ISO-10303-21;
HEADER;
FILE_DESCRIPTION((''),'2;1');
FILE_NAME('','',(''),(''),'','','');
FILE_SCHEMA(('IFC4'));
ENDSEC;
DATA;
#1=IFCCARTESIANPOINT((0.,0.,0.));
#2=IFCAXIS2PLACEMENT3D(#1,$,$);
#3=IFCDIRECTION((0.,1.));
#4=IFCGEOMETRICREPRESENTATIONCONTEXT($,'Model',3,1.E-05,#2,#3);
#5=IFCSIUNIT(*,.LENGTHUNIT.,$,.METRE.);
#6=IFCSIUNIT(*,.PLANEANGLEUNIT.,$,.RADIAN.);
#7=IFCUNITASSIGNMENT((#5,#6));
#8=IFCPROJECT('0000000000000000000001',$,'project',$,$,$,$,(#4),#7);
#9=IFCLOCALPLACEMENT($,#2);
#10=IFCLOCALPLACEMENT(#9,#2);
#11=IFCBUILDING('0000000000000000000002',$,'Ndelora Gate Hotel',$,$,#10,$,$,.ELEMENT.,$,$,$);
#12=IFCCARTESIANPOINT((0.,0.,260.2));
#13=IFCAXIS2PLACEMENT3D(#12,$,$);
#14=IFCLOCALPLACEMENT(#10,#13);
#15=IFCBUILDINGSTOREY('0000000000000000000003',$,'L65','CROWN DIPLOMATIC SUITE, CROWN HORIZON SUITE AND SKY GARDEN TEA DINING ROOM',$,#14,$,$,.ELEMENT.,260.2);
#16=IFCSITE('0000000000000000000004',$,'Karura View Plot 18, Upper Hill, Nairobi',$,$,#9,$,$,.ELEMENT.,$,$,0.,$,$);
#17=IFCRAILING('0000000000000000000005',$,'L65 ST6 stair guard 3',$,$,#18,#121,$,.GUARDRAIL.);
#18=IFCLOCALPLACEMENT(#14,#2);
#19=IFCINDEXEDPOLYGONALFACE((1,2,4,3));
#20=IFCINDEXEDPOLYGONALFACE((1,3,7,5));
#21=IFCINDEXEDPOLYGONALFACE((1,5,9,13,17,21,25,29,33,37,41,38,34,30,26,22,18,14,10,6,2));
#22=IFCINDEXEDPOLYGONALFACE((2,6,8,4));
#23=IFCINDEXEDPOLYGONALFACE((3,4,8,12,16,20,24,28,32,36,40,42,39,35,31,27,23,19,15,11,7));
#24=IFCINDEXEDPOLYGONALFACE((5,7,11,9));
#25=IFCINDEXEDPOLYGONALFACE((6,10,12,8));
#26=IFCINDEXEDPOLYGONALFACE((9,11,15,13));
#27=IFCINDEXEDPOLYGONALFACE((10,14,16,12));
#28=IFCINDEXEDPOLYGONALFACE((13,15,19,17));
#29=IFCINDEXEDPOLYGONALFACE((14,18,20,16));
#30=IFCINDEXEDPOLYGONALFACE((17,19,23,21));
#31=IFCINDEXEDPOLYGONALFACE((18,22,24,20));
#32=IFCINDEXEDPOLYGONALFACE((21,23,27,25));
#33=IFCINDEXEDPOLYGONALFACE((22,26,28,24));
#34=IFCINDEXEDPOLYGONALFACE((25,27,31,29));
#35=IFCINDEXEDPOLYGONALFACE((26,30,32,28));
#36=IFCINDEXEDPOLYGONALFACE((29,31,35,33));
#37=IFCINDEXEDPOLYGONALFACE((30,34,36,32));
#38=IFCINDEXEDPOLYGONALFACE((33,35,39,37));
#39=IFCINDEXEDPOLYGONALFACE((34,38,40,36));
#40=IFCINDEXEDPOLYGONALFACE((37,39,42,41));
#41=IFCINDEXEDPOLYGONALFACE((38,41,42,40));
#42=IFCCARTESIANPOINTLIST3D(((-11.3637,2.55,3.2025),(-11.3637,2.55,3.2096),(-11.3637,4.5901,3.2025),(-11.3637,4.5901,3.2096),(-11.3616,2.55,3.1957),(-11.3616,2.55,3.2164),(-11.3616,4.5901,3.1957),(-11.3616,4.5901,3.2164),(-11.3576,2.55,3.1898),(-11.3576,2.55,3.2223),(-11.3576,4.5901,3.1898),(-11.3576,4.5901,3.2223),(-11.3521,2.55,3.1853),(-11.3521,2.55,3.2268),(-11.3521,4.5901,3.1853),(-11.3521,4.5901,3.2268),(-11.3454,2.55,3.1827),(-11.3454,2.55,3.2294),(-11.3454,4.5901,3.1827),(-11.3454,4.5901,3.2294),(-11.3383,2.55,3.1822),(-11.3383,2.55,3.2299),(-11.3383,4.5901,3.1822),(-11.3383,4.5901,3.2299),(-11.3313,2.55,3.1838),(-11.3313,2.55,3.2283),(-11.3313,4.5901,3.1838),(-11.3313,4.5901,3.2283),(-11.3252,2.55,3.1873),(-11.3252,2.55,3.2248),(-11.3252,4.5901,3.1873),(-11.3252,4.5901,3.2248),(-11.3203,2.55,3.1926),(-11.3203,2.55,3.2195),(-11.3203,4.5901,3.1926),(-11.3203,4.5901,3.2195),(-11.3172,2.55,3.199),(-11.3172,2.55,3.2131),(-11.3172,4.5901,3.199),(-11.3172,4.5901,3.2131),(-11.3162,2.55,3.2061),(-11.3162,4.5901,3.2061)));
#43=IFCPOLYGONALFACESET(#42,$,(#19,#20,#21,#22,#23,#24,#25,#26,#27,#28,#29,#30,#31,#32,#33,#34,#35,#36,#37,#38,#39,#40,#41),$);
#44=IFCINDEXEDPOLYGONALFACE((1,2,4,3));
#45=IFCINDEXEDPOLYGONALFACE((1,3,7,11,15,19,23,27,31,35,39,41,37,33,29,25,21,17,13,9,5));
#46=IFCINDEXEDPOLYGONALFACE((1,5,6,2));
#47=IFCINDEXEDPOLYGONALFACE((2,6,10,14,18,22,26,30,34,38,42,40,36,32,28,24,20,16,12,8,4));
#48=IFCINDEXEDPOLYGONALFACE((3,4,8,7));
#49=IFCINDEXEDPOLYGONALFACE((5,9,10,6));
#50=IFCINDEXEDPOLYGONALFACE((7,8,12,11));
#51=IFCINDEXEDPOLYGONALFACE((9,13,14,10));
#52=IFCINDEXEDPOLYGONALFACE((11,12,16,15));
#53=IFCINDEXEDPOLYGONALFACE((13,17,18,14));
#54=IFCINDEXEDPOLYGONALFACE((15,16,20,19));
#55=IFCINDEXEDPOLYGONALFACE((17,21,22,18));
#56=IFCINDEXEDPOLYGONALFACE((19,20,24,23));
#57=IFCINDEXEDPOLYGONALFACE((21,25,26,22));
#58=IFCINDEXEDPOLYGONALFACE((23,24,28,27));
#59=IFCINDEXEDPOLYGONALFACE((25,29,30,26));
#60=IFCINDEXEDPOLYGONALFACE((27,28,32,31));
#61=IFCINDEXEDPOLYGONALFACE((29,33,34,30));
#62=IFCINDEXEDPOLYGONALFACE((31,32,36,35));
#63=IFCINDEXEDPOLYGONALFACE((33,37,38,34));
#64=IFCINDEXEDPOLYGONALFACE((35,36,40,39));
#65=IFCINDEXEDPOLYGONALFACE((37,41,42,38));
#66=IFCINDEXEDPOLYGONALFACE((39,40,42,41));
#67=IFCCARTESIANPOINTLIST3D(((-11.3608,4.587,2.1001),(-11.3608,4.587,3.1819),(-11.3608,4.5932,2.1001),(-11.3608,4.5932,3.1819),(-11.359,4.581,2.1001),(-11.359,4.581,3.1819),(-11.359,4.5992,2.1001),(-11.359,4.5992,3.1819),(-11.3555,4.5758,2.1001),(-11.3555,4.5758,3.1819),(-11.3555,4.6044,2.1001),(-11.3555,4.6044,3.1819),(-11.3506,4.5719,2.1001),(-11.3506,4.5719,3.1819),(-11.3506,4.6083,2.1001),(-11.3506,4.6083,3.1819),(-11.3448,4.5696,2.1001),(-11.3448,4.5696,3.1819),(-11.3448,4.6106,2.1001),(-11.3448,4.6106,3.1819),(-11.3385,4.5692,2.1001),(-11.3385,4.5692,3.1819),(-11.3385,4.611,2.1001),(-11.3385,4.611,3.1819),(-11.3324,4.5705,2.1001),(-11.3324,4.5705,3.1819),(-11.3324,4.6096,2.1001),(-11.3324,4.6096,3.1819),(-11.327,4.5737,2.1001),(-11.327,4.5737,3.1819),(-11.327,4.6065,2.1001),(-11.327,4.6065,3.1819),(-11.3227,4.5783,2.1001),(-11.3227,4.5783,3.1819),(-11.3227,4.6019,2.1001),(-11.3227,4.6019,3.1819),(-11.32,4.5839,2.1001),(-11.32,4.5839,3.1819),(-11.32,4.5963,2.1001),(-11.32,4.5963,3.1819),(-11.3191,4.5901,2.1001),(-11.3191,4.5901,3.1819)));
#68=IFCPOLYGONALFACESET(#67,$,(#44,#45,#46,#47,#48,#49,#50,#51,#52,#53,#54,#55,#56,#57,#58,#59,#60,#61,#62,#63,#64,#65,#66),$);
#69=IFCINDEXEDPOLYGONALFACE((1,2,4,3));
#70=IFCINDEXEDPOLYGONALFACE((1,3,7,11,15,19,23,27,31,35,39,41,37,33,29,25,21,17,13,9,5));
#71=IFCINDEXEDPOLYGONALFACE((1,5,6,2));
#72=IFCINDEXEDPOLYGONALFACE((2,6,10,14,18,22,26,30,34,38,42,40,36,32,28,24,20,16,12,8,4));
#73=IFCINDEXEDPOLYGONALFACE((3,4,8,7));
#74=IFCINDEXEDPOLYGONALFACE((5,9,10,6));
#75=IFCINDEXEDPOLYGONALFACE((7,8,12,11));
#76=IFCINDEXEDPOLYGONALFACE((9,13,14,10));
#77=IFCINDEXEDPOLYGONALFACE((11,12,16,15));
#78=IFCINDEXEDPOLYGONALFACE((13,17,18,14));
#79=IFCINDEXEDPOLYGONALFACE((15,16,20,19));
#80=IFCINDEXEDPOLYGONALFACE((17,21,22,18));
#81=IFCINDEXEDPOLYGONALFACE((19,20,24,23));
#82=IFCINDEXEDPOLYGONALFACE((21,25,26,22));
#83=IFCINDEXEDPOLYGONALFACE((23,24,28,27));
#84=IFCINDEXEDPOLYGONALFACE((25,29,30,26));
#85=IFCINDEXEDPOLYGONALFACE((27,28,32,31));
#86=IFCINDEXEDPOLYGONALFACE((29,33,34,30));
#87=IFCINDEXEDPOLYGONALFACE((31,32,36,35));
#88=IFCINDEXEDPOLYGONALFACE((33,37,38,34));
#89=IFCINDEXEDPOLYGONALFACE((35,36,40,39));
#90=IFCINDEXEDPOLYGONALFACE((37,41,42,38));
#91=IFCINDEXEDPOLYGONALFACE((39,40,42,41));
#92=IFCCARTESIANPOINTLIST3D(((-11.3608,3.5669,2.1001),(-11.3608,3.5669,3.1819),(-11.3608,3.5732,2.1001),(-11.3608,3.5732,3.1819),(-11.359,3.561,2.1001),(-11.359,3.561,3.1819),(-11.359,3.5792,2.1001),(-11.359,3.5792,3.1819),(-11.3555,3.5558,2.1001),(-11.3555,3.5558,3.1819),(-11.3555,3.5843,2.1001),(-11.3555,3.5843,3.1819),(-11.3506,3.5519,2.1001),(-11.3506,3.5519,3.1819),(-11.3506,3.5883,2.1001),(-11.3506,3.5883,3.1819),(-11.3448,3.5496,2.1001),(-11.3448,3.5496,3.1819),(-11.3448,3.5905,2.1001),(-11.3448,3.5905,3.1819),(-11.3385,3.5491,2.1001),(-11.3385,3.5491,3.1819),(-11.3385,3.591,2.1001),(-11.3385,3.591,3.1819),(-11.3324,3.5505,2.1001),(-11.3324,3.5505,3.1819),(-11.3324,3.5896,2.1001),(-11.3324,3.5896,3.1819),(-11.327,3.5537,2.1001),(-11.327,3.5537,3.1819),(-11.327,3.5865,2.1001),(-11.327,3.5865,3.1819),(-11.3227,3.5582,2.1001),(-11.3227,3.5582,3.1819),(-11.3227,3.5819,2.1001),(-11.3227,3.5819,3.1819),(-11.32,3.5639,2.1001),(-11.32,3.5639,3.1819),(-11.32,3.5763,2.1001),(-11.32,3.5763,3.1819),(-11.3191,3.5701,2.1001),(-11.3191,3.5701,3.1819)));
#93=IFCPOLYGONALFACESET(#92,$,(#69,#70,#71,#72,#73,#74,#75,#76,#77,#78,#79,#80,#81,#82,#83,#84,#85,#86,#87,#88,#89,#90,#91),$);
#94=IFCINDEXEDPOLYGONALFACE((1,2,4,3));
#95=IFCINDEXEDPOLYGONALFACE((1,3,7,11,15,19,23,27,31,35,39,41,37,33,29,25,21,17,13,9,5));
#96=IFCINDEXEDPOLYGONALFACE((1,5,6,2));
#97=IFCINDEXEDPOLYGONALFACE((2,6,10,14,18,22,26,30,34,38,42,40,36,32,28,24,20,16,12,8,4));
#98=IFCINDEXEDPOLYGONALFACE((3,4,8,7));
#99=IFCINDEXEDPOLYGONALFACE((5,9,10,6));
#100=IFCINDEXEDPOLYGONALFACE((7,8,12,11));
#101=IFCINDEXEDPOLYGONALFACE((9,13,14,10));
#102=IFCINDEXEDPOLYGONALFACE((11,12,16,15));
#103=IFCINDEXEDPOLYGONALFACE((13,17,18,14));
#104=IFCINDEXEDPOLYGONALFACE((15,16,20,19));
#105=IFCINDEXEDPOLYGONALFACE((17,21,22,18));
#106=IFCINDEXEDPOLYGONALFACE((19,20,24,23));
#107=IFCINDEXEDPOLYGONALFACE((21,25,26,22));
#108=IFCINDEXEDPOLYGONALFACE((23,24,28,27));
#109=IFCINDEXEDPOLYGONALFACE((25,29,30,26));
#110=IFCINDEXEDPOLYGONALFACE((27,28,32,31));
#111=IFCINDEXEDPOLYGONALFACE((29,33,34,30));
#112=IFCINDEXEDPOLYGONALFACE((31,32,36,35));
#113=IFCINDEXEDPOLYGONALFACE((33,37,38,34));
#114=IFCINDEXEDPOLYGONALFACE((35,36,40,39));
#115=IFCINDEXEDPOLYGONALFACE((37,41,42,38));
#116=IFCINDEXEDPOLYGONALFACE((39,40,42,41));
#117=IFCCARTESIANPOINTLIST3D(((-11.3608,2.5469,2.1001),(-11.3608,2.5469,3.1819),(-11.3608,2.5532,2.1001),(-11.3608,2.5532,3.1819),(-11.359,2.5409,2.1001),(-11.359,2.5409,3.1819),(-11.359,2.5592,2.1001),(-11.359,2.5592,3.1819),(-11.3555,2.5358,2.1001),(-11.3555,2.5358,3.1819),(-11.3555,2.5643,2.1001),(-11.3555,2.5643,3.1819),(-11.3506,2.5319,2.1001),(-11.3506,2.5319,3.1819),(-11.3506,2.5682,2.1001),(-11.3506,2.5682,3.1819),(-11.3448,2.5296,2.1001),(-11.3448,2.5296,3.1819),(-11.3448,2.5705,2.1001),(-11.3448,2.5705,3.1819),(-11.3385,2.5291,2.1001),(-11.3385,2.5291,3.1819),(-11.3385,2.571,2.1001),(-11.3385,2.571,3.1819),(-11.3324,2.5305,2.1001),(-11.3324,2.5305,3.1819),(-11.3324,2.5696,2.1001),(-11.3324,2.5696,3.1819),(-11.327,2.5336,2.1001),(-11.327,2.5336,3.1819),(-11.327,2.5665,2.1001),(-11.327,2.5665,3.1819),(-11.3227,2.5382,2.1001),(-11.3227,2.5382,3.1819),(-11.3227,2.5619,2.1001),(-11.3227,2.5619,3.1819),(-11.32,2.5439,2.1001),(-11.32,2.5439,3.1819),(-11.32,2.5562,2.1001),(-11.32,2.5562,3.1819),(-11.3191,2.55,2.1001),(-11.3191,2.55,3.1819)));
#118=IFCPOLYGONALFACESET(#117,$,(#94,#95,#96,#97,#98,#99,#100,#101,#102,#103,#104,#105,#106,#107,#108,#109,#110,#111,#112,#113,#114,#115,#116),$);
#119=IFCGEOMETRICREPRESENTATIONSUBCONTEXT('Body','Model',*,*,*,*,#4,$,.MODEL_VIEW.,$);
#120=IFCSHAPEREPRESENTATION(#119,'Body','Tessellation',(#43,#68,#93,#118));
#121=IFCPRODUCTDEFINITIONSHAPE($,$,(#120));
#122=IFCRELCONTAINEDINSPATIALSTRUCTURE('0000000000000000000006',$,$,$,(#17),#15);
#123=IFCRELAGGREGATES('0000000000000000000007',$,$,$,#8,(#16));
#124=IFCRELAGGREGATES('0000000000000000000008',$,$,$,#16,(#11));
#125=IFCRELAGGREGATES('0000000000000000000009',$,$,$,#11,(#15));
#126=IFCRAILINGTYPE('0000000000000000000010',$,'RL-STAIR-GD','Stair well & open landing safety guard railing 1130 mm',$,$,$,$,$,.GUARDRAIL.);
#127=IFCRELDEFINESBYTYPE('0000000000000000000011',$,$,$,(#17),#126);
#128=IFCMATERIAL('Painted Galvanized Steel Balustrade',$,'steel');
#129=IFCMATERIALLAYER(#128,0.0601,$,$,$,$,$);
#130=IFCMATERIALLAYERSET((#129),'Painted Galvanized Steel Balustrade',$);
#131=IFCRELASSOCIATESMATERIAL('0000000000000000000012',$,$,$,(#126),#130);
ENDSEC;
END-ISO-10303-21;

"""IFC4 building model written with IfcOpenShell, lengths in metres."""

from ifc_helpers import new_model, si_unit, direction, frame, origin, origin_2d, place, context, subcontext, project, spatial, circle, extrude, material, layer, layer_set, type_object, element, save


model = new_model("IFC4")

# Units and contexts
model_context = context("Model", 3, precision=1e-05, world=origin(), true_north=direction((0.0, 1.0)))
body_context = subcontext(model_context, "Body", "Model", "MODEL_VIEW")
ifc_project = project(units=[si_unit("LENGTHUNIT", "METRE"), si_unit("PLANEANGLEUNIT", "RADIAN")], contexts=[model_context])

# Site, building, storey
site_placement = place(None, origin())
site = spatial("IfcSite", under=ifc_project, at=site_placement, Name="Karura View Plot 18, Upper Hill, Nairobi", CompositionType="ELEMENT", RefElevation=0.0)
building_placement = place(site_placement, origin())
building = spatial("IfcBuilding", under=site, at=building_placement, Name="Ndelora Gate Hotel", CompositionType="ELEMENT")
storey_placement = place(building_placement, frame((0.0, 0.0, 260.2)))
storey = spatial("IfcBuildingStorey", under=building, at=storey_placement, Name="L65", Description="CROWN DIPLOMATIC SUITE, CROWN HORIZON SUITE AND SKY GARDEN TEA DINING ROOM", CompositionType="ELEMENT", Elevation=260.2)

# Railing
ifc_material_1 = material(Name="Painted Galvanized Steel Balustrade", Category="steel")
ifc_layer_1 = layer(ifc_material_1, 0.0601)
ifc_layer_set_1 = layer_set([ifc_layer_1], Name="Painted Galvanized Steel Balustrade")
railing_type = type_object("IfcRailingType", Name="RL-STAIR-GD", Description="Stair well & open landing safety guard railing 1130 mm", PredefinedType="GUARDRAIL", material=ifc_layer_set_1)
railing_1_placement = place(storey_placement, frame((-11.3401, 4.5901, 2.1001)))
element("IfcRailing", 1, at=railing_1_placement, inside=storey, type_object=railing_type, Name="L65 ST6 stair guard 3", PredefinedType="GUARDRAIL", context=body_context, shape_type="SweptSolid", body=[
    extrude(circle(Radius=0.0239, at=origin_2d()), frame((0.0, 0.0, 1.106), z_axis=(0.0, -1.0, 0.0), x_axis=(1.0, 0.0, 0.0)), (0.0, 0.0, 1.0), 2.04),
    extrude(circle(Radius=0.021, at=origin_2d()), origin(), (0.0, 0.0, 1.0), 1.0818),
    extrude(circle(Radius=0.021, at=origin_2d()), frame((0.0, -1.02, 0.0)), (0.0, 0.0, 1.0), 1.0818),
    extrude(circle(Radius=0.021, at=origin_2d()), frame((0.0, -2.04, 0.0)), (0.0, 0.0, 1.0), 1.0818),
])

save(model, "model.ifc")
